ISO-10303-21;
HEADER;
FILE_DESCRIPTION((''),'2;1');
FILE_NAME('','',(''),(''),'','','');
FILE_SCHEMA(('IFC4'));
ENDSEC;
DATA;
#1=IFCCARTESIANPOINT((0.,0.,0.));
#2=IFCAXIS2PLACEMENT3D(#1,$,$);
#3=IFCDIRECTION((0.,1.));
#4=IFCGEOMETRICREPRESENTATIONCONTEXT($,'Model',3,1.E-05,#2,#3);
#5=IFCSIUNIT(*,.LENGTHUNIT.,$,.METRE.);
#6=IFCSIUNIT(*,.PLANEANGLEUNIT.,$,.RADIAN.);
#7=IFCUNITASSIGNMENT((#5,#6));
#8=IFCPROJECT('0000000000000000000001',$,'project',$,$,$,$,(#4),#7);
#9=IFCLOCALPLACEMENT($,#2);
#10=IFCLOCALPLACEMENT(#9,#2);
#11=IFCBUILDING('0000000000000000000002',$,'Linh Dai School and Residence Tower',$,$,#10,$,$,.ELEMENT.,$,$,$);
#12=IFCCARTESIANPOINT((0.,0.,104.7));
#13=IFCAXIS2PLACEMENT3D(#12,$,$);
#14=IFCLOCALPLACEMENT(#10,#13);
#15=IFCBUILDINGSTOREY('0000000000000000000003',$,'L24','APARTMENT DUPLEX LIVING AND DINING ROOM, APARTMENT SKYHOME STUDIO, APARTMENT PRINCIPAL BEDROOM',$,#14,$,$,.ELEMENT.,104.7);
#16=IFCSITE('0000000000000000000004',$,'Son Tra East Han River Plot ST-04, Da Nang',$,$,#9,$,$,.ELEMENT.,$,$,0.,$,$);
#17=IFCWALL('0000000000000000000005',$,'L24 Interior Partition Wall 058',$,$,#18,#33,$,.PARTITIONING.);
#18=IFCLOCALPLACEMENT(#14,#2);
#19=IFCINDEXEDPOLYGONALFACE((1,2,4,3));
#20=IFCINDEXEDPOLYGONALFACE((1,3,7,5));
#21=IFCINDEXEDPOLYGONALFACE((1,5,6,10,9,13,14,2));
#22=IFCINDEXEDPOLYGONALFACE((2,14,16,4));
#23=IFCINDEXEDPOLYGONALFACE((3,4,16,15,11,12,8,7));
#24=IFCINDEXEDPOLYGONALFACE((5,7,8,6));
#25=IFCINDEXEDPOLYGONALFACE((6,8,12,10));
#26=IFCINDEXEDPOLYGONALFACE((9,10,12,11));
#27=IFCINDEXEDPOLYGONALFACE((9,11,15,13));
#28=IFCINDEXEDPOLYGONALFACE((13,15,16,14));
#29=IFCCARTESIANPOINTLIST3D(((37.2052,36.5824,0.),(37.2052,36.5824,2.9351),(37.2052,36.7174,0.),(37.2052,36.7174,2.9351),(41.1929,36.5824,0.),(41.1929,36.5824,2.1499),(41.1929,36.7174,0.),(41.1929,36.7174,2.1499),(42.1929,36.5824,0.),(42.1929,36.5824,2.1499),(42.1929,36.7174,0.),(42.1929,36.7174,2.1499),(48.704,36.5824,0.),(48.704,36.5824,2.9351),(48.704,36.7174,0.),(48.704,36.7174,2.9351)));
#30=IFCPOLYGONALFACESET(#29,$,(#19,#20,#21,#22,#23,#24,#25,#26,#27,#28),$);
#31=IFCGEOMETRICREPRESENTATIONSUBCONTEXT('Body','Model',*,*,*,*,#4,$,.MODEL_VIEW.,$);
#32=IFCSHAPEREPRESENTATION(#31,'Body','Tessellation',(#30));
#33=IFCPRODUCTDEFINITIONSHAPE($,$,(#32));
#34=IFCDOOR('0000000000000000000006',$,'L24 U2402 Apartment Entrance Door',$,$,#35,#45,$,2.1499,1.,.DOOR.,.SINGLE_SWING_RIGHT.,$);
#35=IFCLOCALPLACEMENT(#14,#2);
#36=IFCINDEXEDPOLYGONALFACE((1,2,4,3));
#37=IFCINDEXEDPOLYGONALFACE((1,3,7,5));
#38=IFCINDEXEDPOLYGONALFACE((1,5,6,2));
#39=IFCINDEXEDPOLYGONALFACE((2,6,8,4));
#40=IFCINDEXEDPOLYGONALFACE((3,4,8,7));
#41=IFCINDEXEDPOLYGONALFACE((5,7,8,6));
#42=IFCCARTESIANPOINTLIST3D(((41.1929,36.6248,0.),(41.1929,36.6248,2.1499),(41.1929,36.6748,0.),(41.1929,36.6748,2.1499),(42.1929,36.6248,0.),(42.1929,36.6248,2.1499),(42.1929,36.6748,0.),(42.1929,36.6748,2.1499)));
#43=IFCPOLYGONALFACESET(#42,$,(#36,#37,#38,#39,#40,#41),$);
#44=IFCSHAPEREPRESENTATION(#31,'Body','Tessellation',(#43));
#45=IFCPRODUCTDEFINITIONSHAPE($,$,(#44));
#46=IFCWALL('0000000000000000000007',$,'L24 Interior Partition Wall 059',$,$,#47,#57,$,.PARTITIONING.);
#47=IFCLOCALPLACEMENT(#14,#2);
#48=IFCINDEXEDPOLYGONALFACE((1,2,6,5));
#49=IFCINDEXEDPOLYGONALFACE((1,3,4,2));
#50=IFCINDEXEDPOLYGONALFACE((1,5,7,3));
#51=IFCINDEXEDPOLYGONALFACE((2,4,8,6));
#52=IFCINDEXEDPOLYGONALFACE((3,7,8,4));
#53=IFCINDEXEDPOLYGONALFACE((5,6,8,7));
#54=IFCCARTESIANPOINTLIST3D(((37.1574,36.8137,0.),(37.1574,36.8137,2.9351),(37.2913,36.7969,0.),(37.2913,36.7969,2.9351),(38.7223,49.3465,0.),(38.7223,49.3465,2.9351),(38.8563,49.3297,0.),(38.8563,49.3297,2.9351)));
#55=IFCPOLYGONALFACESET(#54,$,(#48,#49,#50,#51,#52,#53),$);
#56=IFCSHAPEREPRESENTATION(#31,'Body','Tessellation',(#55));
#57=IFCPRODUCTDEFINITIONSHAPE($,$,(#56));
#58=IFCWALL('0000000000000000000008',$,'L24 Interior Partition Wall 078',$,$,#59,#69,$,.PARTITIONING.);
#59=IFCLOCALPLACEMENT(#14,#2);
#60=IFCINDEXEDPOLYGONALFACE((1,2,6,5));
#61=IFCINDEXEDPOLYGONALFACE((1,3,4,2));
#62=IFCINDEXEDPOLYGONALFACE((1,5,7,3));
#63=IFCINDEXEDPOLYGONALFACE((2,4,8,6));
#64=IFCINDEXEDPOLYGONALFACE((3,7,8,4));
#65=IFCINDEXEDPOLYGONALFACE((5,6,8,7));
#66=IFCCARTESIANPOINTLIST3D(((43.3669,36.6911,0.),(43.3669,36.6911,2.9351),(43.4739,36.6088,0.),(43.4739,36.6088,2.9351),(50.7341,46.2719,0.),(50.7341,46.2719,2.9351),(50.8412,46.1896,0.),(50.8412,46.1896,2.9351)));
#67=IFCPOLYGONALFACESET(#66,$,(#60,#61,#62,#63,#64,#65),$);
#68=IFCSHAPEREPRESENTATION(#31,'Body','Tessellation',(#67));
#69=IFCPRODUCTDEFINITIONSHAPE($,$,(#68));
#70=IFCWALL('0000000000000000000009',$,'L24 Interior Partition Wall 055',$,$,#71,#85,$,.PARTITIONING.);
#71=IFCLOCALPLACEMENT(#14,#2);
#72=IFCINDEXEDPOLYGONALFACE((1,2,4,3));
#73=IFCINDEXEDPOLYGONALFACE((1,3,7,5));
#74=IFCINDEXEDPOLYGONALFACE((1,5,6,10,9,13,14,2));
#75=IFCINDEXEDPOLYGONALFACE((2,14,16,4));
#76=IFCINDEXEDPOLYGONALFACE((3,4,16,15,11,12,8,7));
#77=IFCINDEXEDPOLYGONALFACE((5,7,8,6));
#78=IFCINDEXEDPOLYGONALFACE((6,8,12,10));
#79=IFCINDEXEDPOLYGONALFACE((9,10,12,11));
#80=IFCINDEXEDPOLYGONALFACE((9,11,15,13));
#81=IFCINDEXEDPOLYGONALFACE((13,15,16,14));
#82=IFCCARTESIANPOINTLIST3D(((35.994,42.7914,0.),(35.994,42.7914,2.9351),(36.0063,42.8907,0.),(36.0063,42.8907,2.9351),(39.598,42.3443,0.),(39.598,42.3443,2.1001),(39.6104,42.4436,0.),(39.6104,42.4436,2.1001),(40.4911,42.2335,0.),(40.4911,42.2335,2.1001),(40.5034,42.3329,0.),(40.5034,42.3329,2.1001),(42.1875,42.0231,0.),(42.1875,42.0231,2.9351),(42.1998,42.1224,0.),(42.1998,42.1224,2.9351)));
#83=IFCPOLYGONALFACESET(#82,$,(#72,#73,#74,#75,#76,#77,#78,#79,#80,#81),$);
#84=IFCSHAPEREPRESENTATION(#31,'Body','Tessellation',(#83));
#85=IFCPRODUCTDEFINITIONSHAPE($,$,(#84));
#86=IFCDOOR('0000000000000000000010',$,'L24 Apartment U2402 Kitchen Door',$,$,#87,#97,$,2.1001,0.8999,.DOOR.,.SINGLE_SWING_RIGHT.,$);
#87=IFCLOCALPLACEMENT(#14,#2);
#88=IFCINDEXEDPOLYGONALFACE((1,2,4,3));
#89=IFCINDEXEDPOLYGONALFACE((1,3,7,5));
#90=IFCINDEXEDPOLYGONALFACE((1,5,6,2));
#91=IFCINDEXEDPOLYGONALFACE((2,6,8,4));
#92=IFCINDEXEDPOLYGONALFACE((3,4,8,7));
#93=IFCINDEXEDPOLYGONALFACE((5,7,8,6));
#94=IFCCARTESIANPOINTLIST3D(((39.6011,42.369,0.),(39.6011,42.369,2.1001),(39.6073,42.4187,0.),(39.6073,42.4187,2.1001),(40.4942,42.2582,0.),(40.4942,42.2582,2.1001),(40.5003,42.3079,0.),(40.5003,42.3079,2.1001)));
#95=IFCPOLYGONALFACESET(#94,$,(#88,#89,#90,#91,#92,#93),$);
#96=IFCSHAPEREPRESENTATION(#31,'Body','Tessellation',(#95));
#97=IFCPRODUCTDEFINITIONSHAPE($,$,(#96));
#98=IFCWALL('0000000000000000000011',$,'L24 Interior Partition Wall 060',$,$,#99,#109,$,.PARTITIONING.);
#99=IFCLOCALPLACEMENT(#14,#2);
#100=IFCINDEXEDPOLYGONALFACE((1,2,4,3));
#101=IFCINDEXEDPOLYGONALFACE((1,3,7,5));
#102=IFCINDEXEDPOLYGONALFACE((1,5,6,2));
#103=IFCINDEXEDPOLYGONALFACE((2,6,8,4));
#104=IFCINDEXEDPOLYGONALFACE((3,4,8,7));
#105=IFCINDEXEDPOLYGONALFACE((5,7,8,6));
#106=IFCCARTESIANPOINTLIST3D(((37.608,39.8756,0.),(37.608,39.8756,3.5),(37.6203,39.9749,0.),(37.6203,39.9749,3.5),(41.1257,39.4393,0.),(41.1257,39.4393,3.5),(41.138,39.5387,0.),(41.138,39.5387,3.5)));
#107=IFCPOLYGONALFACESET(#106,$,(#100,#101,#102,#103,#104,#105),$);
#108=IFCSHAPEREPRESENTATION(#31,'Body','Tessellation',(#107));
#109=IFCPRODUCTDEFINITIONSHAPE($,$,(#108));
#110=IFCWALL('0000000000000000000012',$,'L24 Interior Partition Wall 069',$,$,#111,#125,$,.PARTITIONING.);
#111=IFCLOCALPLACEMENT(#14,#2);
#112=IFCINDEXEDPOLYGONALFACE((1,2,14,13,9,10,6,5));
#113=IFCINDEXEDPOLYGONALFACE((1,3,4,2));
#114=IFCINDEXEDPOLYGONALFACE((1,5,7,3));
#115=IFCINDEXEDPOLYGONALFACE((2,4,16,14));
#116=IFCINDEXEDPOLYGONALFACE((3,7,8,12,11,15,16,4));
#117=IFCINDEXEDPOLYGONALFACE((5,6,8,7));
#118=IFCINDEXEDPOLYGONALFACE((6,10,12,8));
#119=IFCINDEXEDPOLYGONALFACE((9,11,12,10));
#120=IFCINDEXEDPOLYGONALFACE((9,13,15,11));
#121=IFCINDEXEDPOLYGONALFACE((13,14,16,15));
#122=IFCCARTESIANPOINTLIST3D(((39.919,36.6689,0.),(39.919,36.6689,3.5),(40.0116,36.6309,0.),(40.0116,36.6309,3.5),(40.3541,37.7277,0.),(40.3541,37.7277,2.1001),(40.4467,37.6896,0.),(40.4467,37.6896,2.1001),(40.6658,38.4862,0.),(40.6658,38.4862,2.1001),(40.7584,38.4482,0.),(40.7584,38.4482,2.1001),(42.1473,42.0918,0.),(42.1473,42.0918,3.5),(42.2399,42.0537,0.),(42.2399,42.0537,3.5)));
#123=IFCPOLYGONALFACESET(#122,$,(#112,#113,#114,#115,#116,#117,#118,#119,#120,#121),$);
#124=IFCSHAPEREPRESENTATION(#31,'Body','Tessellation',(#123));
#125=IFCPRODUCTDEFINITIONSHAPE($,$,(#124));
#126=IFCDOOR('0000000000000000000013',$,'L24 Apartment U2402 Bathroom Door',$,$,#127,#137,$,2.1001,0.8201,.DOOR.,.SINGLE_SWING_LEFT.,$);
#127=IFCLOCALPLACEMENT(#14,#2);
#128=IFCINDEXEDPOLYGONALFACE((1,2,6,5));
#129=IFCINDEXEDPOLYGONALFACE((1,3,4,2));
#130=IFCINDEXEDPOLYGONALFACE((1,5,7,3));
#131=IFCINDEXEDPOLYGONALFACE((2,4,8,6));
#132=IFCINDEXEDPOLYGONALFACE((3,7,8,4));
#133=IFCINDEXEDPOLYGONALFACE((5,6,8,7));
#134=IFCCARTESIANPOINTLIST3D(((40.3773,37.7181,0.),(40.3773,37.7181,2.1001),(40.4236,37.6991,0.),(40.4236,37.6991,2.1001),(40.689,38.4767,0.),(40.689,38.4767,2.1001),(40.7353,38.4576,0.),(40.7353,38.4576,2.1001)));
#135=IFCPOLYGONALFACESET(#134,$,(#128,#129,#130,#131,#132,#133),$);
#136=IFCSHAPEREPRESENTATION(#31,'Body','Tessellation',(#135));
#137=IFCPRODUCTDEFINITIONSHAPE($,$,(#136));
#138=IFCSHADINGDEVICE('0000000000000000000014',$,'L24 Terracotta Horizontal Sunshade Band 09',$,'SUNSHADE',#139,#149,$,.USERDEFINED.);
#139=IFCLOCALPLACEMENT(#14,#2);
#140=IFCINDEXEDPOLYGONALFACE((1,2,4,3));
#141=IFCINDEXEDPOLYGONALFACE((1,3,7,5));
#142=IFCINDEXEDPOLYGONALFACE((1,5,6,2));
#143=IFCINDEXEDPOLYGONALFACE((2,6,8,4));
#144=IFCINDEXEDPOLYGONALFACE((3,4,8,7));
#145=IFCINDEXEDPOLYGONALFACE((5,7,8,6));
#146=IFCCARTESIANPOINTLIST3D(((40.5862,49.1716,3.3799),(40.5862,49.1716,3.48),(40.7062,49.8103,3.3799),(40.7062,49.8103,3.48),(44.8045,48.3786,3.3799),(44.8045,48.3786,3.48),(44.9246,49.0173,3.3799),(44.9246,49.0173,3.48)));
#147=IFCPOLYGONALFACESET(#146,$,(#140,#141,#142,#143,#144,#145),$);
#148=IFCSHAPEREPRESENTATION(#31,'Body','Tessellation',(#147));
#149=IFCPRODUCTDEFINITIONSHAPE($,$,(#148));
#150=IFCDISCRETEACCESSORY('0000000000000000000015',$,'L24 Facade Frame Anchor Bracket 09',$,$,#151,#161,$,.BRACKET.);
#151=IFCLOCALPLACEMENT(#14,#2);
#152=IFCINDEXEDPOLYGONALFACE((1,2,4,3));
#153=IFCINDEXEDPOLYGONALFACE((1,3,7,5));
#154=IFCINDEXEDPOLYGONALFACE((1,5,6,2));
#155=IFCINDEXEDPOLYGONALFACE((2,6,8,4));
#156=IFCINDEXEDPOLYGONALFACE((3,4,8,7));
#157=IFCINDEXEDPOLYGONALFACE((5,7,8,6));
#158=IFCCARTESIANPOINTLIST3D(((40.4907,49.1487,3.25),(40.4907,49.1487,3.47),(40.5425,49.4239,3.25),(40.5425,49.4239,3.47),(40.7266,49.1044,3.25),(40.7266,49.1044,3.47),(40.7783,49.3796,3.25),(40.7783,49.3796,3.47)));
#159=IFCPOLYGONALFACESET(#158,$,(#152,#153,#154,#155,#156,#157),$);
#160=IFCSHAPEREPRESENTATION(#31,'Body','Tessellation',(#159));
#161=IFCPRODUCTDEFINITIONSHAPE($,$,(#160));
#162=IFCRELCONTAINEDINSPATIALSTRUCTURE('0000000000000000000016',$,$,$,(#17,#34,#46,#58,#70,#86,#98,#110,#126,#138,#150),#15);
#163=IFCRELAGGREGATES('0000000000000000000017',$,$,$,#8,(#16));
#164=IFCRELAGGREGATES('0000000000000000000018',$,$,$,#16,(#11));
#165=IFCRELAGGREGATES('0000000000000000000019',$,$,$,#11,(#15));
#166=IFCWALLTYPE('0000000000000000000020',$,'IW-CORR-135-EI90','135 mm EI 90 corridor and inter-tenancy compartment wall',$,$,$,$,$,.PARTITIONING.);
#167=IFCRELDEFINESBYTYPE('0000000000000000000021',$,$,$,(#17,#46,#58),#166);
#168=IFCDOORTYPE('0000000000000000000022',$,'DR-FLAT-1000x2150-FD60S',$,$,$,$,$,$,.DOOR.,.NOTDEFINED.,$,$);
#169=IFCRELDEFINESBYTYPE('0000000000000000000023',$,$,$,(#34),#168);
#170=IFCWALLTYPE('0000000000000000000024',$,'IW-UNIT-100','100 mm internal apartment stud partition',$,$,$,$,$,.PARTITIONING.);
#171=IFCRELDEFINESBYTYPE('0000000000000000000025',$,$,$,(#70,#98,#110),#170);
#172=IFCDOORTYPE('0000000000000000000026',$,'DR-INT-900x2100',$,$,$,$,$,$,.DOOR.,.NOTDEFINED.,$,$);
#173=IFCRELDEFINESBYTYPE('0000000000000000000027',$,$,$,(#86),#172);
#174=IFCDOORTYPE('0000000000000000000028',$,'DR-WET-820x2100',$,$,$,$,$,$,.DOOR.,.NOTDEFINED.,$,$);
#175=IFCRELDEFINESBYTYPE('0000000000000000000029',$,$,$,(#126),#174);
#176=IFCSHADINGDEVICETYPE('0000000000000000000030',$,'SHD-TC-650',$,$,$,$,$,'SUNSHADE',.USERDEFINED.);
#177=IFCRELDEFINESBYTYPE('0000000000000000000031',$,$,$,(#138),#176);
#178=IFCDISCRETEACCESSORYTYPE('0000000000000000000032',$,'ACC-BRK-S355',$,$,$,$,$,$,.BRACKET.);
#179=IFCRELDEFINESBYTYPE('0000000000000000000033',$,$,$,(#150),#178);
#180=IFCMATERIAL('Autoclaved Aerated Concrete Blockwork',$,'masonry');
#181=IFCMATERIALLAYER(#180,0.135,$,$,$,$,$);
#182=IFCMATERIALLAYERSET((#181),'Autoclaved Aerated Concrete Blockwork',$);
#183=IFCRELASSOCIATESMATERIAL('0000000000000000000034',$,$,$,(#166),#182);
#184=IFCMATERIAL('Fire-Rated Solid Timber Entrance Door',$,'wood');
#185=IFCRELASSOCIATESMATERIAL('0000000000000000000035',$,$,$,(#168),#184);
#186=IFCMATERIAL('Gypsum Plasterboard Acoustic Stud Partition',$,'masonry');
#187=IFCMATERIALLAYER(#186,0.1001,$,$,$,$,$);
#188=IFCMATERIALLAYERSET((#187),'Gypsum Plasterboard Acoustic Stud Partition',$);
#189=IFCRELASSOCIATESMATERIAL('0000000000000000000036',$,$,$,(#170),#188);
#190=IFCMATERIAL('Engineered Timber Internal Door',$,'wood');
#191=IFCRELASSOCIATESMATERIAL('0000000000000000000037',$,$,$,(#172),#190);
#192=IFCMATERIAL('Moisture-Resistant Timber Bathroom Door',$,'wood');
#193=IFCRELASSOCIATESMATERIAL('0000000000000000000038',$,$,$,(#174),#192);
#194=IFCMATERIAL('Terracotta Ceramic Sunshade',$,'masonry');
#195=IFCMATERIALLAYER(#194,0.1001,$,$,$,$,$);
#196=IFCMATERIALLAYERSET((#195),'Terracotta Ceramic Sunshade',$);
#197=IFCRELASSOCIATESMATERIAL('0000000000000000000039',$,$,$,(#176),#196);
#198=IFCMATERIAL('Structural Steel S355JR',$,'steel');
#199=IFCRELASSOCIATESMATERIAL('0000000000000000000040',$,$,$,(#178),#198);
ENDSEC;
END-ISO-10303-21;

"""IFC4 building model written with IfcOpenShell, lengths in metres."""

from ifc_helpers import new_model, si_unit, direction, frame, frame_2d, origin, origin_2d, place, context, subcontext, project, spatial, rectangle, extrude, source, transform, mapped, material, layer, layer_set, type_object, element, fill, save


model = new_model("IFC4")

# Units and contexts
model_context = context("Model", 3, precision=1e-05, world=origin(), true_north=direction((0.0, 1.0)))
body_context = subcontext(model_context, "Body", "Model", "MODEL_VIEW")
ifc_project = project(units=[si_unit("LENGTHUNIT", "METRE"), si_unit("PLANEANGLEUNIT", "RADIAN")], contexts=[model_context])

# Site, building, storey
site_placement = place(None, origin())
site = spatial("IfcSite", under=ifc_project, at=site_placement, Name="Son Tra East Han River Plot ST-04, Da Nang", CompositionType="ELEMENT", RefElevation=0.0)
building_placement = place(site_placement, origin())
building = spatial("IfcBuilding", under=site, at=building_placement, Name="Linh Dai School and Residence Tower", CompositionType="ELEMENT")
storey_placement = place(building_placement, frame((0.0, 0.0, 104.7)))
storey = spatial("IfcBuildingStorey", under=building, at=storey_placement, Name="L24", Description="APARTMENT DUPLEX LIVING AND DINING ROOM, APARTMENT SKYHOME STUDIO, APARTMENT PRINCIPAL BEDROOM", CompositionType="ELEMENT", Elevation=104.7)

# Shared definitions
ifc_material_1 = material(Name="Structural Steel S355JR", Category="steel")

# Wall, opening, door
ifc_material_2 = material(Name="Autoclaved Aerated Concrete Blockwork", Category="masonry")
ifc_layer_1 = layer(ifc_material_2, 0.135)
ifc_layer_set_1 = layer_set([ifc_layer_1], Name="Autoclaved Aerated Concrete Blockwork")
wall_type_1 = type_object("IfcWallType", Name="IW-CORR-135-EI90", Description="135 mm EI 90 corridor and inter-tenancy compartment wall", PredefinedType="PARTITIONING", material=ifc_layer_set_1)
wall_1_placement = place(storey_placement, frame((37.2051, 36.6499, 0.0), z_axis=(0.0, 0.0, 1.0), x_axis=(1.0, 0.0, 0.0)))
wall_1 = element("IfcWall", 1, at=wall_1_placement, inside=storey, type_object=wall_type_1, Name="L24 Interior Partition Wall 058", PredefinedType="PARTITIONING", context=body_context, shape_type="SweptSolid", body=[
    extrude(rectangle(XDim=11.4988, YDim=0.135, at=frame_2d((5.7495, 0.0))), origin(), (0.0, 0.0, 1.0), 2.9351),
])
opening_1_placement = place(wall_1_placement, frame((3.9878, 0.0, 0.0)))
opening_1 = element("IfcOpeningElement", 2, at=opening_1_placement, cuts=wall_1, PredefinedType="OPENING", context=body_context, shape_type="SweptSolid", body=[
    extrude(rectangle(XDim=1.0, YDim=2.1499, at=origin_2d()), frame((0.5, 0.0776, 1.075), z_axis=(0.0, -1.0, 0.0), x_axis=(1.0, 0.0, 0.0)), (0.0, 0.0, 1.0), 0.155),
])
ifc_material_3 = material(Name="Fire-Rated Solid Timber Entrance Door", Category="wood")
door_type_1 = type_object("IfcDoorType", Name="DR-FLAT-1000x2150-FD60S", OperationType="NOTDEFINED", PredefinedType="DOOR", material=ifc_material_3)
shared_shape_1 = source(origin(), body_context, "Body", "SweptSolid", [
    extrude(rectangle(XDim=1.0, YDim=2.1499, at=origin_2d()), frame((0.5, 0.0249, 1.075), z_axis=(0.0, -1.0, 0.0), x_axis=(1.0, 0.0, 0.0)), (0.0, 0.0, 1.0), 0.05),
])
door_1_placement = place(opening_1_placement, origin())
door_1 = element("IfcDoor", 3, at=door_1_placement, inside=storey, type_object=door_type_1, Name="L24 U2402 Apartment Entrance Door", OperationType="SINGLE_SWING_RIGHT", OverallHeight=2.1499, OverallWidth=1.0, PredefinedType="DOOR", context=body_context, shape_type="MappedRepresentation", body=[
    mapped(shared_shape_1, transform((0.0, 0.0, 0.0), x_axis=(1.0, 0.0, 0.0), y_axis=(0.0, 1.0, 0.0), z_axis=(0.0, 0.0, 1.0), scale=1.0)),
])
fill(opening_1, door_1)

# Walls
wall_2_placement = place(storey_placement, frame((37.2244, 36.8054, 0.0), z_axis=(0.0, 0.0, 1.0), x_axis=(0.123906, 0.992294, 0.0)))
element("IfcWall", 4, at=wall_2_placement, inside=storey, type_object=wall_type_1, Name="L24 Interior Partition Wall 059", PredefinedType="PARTITIONING", context=body_context, shape_type="SweptSolid", body=[
    extrude(rectangle(XDim=12.6301, YDim=0.135, at=frame_2d((6.3149, 0.0))), origin(), (0.0, 0.0, 1.0), 2.9351),
])
wall_3_placement = place(storey_placement, frame((43.4204, 36.6499, 0.0), z_axis=(0.0, 0.0, 1.0), x_axis=(0.609572, 0.792731, 0.0)))
element("IfcWall", 5, at=wall_3_placement, inside=storey, type_object=wall_type_1, Name="L24 Interior Partition Wall 078", PredefinedType="PARTITIONING", context=body_context, shape_type="SweptSolid", body=[
    extrude(rectangle(XDim=12.0859, YDim=0.135, at=frame_2d((6.043, 0.0))), origin(), (0.0, 0.0, 1.0), 2.9351),
])

# Wall, opening, door
ifc_material_4 = material(Name="Gypsum Plasterboard Acoustic Stud Partition", Category="masonry")
ifc_layer_2 = layer(ifc_material_4, 0.1001)
ifc_layer_set_2 = layer_set([ifc_layer_2], Name="Gypsum Plasterboard Acoustic Stud Partition")
wall_type_2 = type_object("IfcWallType", Name="IW-UNIT-100", Description="100 mm internal apartment stud partition", PredefinedType="PARTITIONING", material=ifc_layer_set_2)
wall_4_placement = place(storey_placement, frame((36.0, 42.8411, 0.0), z_axis=(0.0, 0.0, 1.0), x_axis=(0.992394, -0.123105, 0.0)))
wall_4 = element("IfcWall", 6, at=wall_4_placement, inside=storey, type_object=wall_type_2, Name="L24 Interior Partition Wall 055", PredefinedType="PARTITIONING", context=body_context, shape_type="SweptSolid", body=[
    extrude(rectangle(XDim=6.241, YDim=0.1001, at=frame_2d((3.1206, 0.0))), origin(), (0.0, 0.0, 1.0), 2.9351),
])
opening_2_placement = place(wall_4_placement, frame((3.6318, 0.0, 0.0)))
opening_2 = element("IfcOpeningElement", 7, at=opening_2_placement, cuts=wall_4, PredefinedType="OPENING", context=body_context, shape_type="SweptSolid", body=[
    extrude(rectangle(XDim=0.8999, YDim=2.1001, at=origin_2d()), frame((0.45, 0.0601, 1.05), z_axis=(0.0, -1.0, 0.0), x_axis=(1.0, 0.0, 0.0)), (0.0, 0.0, 1.0), 0.1201),
])
ifc_material_5 = material(Name="Engineered Timber Internal Door", Category="wood")
door_type_2 = type_object("IfcDoorType", Name="DR-INT-900x2100", OperationType="NOTDEFINED", PredefinedType="DOOR", material=ifc_material_5)
shared_shape_2 = source(origin(), body_context, "Body", "SweptSolid", [
    extrude(rectangle(XDim=0.8999, YDim=2.1001, at=origin_2d()), frame((0.45, 0.0249, 1.05), z_axis=(0.0, -1.0, 0.0), x_axis=(1.0, 0.0, 0.0)), (0.0, 0.0, 1.0), 0.05),
])
door_2_placement = place(opening_2_placement, origin())
door_2 = element("IfcDoor", 8, at=door_2_placement, inside=storey, type_object=door_type_2, Name="L24 Apartment U2402 Kitchen Door", OperationType="SINGLE_SWING_RIGHT", OverallHeight=2.1001, OverallWidth=0.8999, PredefinedType="DOOR", context=body_context, shape_type="MappedRepresentation", body=[
    mapped(shared_shape_2, transform((0.0, 0.0, 0.0), x_axis=(1.0, 0.0, 0.0), y_axis=(0.0, 1.0, 0.0), z_axis=(0.0, 0.0, 1.0), scale=1.0)),
])
fill(opening_2, door_2)

# Wall
wall_5_placement = place(storey_placement, frame((37.614, 39.9253, 0.0), z_axis=(0.0, 0.0, 1.0), x_axis=(0.992397, -0.123077, 0.0)))
element("IfcWall", 9, at=wall_5_placement, inside=storey, type_object=wall_type_2, Name="L24 Interior Partition Wall 060", PredefinedType="PARTITIONING", context=body_context, shape_type="SweptSolid", body=[
    extrude(rectangle(XDim=3.5447, YDim=0.1001, at=frame_2d((1.7725, 0.0))), origin(), (0.0, 0.0, 1.0), 3.5),
])

# Wall, opening, door
wall_6_placement = place(storey_placement, frame((39.9653, 36.6499, 0.0), z_axis=(0.0, 0.0, 1.0), x_axis=(0.380069, 0.924958, 0.0)))
wall_6 = element("IfcWall", 10, at=wall_6_placement, inside=storey, type_object=wall_type_2, Name="L24 Interior Partition Wall 069", PredefinedType="PARTITIONING", context=body_context, shape_type="SweptSolid", body=[
    extrude(rectangle(XDim=5.8628, YDim=0.1001, at=frame_2d((2.9314, 0.0))), origin(), (0.0, 0.0, 1.0), 3.5),
])
opening_3_placement = place(wall_6_placement, frame((1.1445, 0.0, 0.0)))
opening_3 = element("IfcOpeningElement", 11, at=opening_3_placement, cuts=wall_6, PredefinedType="OPENING", context=body_context, shape_type="SweptSolid", body=[
    extrude(rectangle(XDim=0.8201, YDim=2.1001, at=origin_2d()), frame((0.4102, 0.0601, 1.05), z_axis=(0.0, -1.0, 0.0), x_axis=(1.0, 0.0, 0.0)), (0.0, 0.0, 1.0), 0.1201),
])
ifc_material_6 = material(Name="Moisture-Resistant Timber Bathroom Door", Category="wood")
door_type_3 = type_object("IfcDoorType", Name="DR-WET-820x2100", OperationType="NOTDEFINED", PredefinedType="DOOR", material=ifc_material_6)
shared_shape_3 = source(origin(), body_context, "Body", "SweptSolid", [
    extrude(rectangle(XDim=0.8201, YDim=2.1001, at=origin_2d()), frame((0.4102, 0.0249, 1.05), z_axis=(0.0, -1.0, 0.0), x_axis=(1.0, 0.0, 0.0)), (0.0, 0.0, 1.0), 0.05),
])
door_3_placement = place(opening_3_placement, origin())
door_3 = element("IfcDoor", 12, at=door_3_placement, inside=storey, type_object=door_type_3, Name="L24 Apartment U2402 Bathroom Door", OperationType="SINGLE_SWING_LEFT", OverallHeight=2.1001, OverallWidth=0.8201, PredefinedType="DOOR", context=body_context, shape_type="MappedRepresentation", body=[
    mapped(shared_shape_3, transform((0.0, 0.0, 0.0), x_axis=(1.0, 0.0, 0.0), y_axis=(0.0, 1.0, 0.0), z_axis=(0.0, 0.0, 1.0), scale=1.0)),
])
fill(opening_3, door_3)

# Shading device
ifc_material_7 = material(Name="Terracotta Ceramic Sunshade", Category="masonry")
ifc_layer_3 = layer(ifc_material_7, 0.1001)
ifc_layer_set_3 = layer_set([ifc_layer_3], Name="Terracotta Ceramic Sunshade")
shading_device_type = type_object("IfcShadingDeviceType", Name="SHD-TC-650", ElementType="SUNSHADE", PredefinedType="USERDEFINED", material=ifc_layer_set_3)
shared_shape_4 = source(origin(), body_context, "Body", "SweptSolid", [
    extrude(rectangle(XDim=4.2922, YDim=0.6499, at=origin_2d()), origin(), (0.0, 0.0, 1.0), 0.1001),
])
shading_device_placement = place(storey_placement, frame((42.7554, 49.0945, 3.3799), z_axis=(0.0, 0.0, 1.0), x_axis=(0.982785, -0.184755, 0.0)))
element("IfcShadingDevice", 13, at=shading_device_placement, inside=storey, type_object=shading_device_type, Name="L24 Terracotta Horizontal Sunshade Band 09", ObjectType="SUNSHADE", PredefinedType="USERDEFINED", context=body_context, shape_type="MappedRepresentation", body=[
    mapped(shared_shape_4, transform((0.0, 0.0, 0.0), x_axis=(1.0, 0.0, 0.0), y_axis=(0.0, 1.0, 0.0), z_axis=(0.0, 0.0, 1.0), scale=1.0)),
])

# Discrete accessory
discrete_accessory_type = type_object("IfcDiscreteAccessoryType", Name="ACC-BRK-S355", PredefinedType="BRACKET", material=ifc_material_1)
shared_shape_5 = source(origin(), body_context, "Body", "SweptSolid", [
    extrude(rectangle(XDim=0.28, YDim=0.24, at=origin_2d()), origin(), (0.0, 0.0, 1.0), 0.22),
])
discrete_accessory_placement = place(storey_placement, frame((40.6345, 49.2642, 3.25), z_axis=(0.0, 0.0, 1.0), x_axis=(0.184755, 0.982785, 0.0)))
element("IfcDiscreteAccessory", 14, at=discrete_accessory_placement, inside=storey, type_object=discrete_accessory_type, Name="L24 Facade Frame Anchor Bracket 09", PredefinedType="BRACKET", context=body_context, shape_type="MappedRepresentation", body=[
    mapped(shared_shape_5, transform((0.0, 0.0, 0.0), x_axis=(1.0, 0.0, 0.0), y_axis=(0.0, 1.0, 0.0), z_axis=(0.0, 0.0, 1.0), scale=1.0)),
])

save(model, "model.ifc")
